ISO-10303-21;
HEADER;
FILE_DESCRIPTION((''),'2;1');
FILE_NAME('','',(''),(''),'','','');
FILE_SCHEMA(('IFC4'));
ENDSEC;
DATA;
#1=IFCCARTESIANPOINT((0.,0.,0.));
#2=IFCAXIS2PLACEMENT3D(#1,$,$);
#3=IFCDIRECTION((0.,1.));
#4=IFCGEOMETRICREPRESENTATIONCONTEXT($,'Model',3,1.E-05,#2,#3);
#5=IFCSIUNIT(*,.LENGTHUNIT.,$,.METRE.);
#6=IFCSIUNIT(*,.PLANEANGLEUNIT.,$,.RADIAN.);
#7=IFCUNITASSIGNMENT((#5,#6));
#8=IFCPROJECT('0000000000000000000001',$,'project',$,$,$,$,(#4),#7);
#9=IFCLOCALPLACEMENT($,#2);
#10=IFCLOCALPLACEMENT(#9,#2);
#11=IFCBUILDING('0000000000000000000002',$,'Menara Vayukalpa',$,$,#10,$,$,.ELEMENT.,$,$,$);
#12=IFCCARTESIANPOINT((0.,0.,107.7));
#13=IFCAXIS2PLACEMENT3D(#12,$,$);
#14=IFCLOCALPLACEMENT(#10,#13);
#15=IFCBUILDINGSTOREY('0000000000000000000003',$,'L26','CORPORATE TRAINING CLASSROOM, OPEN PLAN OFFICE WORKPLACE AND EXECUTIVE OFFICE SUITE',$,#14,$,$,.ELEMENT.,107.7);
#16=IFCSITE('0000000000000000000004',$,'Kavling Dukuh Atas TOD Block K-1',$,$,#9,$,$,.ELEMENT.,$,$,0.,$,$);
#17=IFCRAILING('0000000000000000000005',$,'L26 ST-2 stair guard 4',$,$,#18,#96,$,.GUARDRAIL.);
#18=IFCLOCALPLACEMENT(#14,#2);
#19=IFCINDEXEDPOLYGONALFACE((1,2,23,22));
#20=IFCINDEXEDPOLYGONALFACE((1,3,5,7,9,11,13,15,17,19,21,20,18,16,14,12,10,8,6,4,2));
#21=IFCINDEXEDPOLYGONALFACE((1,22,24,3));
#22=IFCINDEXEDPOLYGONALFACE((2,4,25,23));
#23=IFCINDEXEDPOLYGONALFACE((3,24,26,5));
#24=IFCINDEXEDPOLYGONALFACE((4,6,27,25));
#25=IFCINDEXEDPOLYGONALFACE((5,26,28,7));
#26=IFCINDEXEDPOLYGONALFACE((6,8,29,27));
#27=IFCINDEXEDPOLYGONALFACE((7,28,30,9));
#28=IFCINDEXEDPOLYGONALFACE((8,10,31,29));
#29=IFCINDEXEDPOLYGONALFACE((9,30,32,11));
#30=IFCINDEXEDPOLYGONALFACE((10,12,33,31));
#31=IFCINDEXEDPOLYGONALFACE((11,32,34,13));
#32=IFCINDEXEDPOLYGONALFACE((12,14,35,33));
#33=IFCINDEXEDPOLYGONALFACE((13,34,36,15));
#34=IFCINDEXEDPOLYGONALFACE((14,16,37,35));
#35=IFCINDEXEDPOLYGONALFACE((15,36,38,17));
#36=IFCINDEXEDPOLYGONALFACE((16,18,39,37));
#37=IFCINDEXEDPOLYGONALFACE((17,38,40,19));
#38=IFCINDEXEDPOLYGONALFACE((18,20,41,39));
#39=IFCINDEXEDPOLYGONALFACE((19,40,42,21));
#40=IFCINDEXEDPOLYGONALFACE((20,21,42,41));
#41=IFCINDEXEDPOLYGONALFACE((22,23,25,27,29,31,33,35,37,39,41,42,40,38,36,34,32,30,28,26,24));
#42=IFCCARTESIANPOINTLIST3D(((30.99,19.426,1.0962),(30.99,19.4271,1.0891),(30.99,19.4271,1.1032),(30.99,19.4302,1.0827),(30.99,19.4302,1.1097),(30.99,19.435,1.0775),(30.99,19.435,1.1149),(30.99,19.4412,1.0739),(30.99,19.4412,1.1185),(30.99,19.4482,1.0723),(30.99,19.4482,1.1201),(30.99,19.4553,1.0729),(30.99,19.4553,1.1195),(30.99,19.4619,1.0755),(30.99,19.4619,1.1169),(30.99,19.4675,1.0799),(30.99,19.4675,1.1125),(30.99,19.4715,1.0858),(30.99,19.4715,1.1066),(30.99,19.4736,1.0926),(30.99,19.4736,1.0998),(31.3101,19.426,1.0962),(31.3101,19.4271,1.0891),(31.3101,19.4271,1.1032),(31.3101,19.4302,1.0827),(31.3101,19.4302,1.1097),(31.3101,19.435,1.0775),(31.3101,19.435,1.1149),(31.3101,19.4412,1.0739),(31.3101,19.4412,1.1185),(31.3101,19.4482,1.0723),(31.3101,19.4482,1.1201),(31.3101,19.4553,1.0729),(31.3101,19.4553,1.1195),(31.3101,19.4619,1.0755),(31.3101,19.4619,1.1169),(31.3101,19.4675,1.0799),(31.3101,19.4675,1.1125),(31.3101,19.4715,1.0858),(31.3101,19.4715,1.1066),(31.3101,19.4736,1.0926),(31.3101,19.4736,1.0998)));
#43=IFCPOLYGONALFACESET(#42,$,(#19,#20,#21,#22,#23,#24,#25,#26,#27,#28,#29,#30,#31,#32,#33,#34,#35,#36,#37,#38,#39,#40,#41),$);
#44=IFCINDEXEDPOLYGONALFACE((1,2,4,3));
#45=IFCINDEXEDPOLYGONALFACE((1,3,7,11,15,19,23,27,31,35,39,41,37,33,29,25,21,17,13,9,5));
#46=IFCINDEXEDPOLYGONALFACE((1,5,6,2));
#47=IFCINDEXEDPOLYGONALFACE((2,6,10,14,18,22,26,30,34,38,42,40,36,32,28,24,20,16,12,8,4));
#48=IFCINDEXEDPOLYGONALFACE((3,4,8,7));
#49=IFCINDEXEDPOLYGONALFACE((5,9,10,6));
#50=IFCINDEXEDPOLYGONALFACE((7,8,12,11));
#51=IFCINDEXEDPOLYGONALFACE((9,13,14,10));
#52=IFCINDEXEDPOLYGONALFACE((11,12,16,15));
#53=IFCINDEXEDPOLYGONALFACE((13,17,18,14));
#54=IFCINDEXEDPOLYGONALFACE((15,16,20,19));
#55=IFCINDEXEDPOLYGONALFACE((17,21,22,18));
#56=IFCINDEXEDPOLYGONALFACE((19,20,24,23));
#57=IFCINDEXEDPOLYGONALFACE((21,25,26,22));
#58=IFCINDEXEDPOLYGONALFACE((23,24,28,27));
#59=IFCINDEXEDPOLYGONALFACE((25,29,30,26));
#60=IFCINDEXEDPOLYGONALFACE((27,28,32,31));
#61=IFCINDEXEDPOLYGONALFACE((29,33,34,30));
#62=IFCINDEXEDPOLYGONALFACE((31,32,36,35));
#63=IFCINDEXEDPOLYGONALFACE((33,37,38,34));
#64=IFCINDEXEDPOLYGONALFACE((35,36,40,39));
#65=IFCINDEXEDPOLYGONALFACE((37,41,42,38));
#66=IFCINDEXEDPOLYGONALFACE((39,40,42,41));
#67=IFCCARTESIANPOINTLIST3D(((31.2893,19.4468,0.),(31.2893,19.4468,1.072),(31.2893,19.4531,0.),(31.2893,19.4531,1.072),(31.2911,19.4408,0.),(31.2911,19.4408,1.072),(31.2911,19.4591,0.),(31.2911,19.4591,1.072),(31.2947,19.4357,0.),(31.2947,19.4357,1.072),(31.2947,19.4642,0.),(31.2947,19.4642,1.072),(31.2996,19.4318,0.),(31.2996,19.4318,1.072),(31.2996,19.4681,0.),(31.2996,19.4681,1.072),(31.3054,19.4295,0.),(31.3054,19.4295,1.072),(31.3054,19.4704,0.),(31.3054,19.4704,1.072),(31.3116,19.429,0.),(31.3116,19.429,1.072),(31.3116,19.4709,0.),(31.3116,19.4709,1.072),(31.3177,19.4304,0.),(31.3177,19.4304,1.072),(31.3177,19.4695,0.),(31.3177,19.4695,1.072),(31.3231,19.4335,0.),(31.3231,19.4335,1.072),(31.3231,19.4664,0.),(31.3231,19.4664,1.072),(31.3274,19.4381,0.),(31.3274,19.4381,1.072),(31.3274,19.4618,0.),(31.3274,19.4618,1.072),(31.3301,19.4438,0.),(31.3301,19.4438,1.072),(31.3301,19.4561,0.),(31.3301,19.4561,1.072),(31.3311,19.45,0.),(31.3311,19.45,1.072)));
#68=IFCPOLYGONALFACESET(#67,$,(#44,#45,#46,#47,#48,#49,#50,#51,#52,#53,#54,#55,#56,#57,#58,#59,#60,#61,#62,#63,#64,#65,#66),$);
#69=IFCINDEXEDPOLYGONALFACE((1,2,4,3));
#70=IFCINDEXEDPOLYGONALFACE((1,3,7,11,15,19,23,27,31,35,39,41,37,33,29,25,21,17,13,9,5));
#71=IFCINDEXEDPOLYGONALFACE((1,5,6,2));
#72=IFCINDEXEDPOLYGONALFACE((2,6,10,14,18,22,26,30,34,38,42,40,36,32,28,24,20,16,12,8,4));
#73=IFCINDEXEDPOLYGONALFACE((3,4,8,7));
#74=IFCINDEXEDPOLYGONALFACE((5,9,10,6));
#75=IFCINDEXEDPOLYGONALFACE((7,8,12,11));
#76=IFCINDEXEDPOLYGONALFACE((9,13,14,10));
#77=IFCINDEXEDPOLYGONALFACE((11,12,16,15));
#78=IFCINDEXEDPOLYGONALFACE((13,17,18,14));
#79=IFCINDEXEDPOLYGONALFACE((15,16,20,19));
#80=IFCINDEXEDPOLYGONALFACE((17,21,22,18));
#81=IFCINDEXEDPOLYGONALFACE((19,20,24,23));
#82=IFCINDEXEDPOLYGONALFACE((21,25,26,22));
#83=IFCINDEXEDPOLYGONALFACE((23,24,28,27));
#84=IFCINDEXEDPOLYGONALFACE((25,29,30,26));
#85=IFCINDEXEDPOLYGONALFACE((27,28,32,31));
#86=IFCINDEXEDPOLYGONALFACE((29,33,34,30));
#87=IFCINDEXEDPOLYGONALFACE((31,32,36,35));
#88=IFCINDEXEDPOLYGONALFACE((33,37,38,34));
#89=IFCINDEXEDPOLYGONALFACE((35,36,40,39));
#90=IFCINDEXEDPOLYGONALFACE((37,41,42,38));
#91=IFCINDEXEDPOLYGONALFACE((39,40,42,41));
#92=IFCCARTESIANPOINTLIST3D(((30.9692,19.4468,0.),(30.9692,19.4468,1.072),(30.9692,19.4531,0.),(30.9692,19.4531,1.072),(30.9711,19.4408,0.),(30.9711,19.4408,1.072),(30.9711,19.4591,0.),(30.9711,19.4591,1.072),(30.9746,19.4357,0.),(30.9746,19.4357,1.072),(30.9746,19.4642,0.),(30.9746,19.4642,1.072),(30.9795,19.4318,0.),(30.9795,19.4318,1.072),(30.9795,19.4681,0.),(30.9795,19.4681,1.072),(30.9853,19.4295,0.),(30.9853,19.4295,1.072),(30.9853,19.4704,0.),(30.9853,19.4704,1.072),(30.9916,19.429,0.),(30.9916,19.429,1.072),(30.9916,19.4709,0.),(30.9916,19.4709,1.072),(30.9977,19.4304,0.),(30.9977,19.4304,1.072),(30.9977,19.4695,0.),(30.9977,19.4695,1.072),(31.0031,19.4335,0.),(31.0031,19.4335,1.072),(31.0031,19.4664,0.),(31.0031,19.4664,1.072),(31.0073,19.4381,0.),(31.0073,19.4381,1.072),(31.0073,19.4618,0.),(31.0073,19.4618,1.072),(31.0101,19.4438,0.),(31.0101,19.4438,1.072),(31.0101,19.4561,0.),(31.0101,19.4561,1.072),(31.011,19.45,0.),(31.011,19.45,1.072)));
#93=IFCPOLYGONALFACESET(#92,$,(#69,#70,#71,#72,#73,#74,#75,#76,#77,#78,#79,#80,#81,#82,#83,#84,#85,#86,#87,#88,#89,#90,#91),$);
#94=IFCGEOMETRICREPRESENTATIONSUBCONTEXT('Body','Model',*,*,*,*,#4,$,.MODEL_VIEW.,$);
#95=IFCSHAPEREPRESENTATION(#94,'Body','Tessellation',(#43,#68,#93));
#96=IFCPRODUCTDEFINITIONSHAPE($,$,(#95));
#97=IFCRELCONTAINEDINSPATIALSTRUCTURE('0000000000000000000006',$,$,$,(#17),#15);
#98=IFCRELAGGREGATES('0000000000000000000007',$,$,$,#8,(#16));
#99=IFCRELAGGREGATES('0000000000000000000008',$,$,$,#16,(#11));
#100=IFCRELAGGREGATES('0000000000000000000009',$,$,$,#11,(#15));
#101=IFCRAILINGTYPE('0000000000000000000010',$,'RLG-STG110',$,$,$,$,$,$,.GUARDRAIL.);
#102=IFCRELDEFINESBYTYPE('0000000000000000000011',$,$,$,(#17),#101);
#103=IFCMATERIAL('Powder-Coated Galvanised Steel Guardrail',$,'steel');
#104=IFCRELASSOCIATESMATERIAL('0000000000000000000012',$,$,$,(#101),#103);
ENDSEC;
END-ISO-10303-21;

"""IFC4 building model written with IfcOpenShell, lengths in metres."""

from ifc_helpers import new_model, si_unit, direction, frame, origin, origin_2d, place, context, subcontext, project, spatial, circle, extrude, material, type_object, element, save


model = new_model("IFC4")

# Units and contexts
model_context = context("Model", 3, precision=1e-05, world=origin(), true_north=direction((0.0, 1.0)))
body_context = subcontext(model_context, "Body", "Model", "MODEL_VIEW")
ifc_project = project(units=[si_unit("LENGTHUNIT", "METRE"), si_unit("PLANEANGLEUNIT", "RADIAN")], contexts=[model_context])

# Site, building, storey
site_placement = place(None, origin())
site = spatial("IfcSite", under=ifc_project, at=site_placement, Name="Kavling Dukuh Atas TOD Block K-1", CompositionType="ELEMENT", RefElevation=0.0)
building_placement = place(site_placement, origin())
building = spatial("IfcBuilding", under=site, at=building_placement, Name="Menara Vayukalpa", CompositionType="ELEMENT")
storey_placement = place(building_placement, frame((0.0, 0.0, 107.7)))
storey = spatial("IfcBuildingStorey", under=building, at=storey_placement, Name="L26", Description="CORPORATE TRAINING CLASSROOM, OPEN PLAN OFFICE WORKPLACE AND EXECUTIVE OFFICE SUITE", CompositionType="ELEMENT", Elevation=107.7)

# Railing
ifc_material_1 = material(Name="Powder-Coated Galvanised Steel Guardrail", Category="steel")
railing_type_1 = type_object("IfcRailingType", Name="RLG-STG110", PredefinedType="GUARDRAIL", material=ifc_material_1)
railing_1_placement = place(storey_placement, frame((31.3101, 19.45, 0.0)))
element("IfcRailing", 1, at=railing_1_placement, inside=storey, type_object=railing_type_1, Name="L26 ST-2 stair guard 4", PredefinedType="GUARDRAIL", context=body_context, shape_type="SweptSolid", body=[
    extrude(circle(Radius=0.0239, at=origin_2d()), frame((0.0, 0.0, 1.0962), z_axis=(-1.0, 0.0, 0.0), x_axis=(0.0, -1.0, 0.0)), (0.0, 0.0, 1.0), 0.3201),
    extrude(circle(Radius=0.021, at=origin_2d()), origin(), (0.0, 0.0, 1.0), 1.072),
    extrude(circle(Radius=0.021, at=origin_2d()), frame((-0.3201, 0.0, 0.0)), (0.0, 0.0, 1.0), 1.072),
])

save(model, "model.ifc")
